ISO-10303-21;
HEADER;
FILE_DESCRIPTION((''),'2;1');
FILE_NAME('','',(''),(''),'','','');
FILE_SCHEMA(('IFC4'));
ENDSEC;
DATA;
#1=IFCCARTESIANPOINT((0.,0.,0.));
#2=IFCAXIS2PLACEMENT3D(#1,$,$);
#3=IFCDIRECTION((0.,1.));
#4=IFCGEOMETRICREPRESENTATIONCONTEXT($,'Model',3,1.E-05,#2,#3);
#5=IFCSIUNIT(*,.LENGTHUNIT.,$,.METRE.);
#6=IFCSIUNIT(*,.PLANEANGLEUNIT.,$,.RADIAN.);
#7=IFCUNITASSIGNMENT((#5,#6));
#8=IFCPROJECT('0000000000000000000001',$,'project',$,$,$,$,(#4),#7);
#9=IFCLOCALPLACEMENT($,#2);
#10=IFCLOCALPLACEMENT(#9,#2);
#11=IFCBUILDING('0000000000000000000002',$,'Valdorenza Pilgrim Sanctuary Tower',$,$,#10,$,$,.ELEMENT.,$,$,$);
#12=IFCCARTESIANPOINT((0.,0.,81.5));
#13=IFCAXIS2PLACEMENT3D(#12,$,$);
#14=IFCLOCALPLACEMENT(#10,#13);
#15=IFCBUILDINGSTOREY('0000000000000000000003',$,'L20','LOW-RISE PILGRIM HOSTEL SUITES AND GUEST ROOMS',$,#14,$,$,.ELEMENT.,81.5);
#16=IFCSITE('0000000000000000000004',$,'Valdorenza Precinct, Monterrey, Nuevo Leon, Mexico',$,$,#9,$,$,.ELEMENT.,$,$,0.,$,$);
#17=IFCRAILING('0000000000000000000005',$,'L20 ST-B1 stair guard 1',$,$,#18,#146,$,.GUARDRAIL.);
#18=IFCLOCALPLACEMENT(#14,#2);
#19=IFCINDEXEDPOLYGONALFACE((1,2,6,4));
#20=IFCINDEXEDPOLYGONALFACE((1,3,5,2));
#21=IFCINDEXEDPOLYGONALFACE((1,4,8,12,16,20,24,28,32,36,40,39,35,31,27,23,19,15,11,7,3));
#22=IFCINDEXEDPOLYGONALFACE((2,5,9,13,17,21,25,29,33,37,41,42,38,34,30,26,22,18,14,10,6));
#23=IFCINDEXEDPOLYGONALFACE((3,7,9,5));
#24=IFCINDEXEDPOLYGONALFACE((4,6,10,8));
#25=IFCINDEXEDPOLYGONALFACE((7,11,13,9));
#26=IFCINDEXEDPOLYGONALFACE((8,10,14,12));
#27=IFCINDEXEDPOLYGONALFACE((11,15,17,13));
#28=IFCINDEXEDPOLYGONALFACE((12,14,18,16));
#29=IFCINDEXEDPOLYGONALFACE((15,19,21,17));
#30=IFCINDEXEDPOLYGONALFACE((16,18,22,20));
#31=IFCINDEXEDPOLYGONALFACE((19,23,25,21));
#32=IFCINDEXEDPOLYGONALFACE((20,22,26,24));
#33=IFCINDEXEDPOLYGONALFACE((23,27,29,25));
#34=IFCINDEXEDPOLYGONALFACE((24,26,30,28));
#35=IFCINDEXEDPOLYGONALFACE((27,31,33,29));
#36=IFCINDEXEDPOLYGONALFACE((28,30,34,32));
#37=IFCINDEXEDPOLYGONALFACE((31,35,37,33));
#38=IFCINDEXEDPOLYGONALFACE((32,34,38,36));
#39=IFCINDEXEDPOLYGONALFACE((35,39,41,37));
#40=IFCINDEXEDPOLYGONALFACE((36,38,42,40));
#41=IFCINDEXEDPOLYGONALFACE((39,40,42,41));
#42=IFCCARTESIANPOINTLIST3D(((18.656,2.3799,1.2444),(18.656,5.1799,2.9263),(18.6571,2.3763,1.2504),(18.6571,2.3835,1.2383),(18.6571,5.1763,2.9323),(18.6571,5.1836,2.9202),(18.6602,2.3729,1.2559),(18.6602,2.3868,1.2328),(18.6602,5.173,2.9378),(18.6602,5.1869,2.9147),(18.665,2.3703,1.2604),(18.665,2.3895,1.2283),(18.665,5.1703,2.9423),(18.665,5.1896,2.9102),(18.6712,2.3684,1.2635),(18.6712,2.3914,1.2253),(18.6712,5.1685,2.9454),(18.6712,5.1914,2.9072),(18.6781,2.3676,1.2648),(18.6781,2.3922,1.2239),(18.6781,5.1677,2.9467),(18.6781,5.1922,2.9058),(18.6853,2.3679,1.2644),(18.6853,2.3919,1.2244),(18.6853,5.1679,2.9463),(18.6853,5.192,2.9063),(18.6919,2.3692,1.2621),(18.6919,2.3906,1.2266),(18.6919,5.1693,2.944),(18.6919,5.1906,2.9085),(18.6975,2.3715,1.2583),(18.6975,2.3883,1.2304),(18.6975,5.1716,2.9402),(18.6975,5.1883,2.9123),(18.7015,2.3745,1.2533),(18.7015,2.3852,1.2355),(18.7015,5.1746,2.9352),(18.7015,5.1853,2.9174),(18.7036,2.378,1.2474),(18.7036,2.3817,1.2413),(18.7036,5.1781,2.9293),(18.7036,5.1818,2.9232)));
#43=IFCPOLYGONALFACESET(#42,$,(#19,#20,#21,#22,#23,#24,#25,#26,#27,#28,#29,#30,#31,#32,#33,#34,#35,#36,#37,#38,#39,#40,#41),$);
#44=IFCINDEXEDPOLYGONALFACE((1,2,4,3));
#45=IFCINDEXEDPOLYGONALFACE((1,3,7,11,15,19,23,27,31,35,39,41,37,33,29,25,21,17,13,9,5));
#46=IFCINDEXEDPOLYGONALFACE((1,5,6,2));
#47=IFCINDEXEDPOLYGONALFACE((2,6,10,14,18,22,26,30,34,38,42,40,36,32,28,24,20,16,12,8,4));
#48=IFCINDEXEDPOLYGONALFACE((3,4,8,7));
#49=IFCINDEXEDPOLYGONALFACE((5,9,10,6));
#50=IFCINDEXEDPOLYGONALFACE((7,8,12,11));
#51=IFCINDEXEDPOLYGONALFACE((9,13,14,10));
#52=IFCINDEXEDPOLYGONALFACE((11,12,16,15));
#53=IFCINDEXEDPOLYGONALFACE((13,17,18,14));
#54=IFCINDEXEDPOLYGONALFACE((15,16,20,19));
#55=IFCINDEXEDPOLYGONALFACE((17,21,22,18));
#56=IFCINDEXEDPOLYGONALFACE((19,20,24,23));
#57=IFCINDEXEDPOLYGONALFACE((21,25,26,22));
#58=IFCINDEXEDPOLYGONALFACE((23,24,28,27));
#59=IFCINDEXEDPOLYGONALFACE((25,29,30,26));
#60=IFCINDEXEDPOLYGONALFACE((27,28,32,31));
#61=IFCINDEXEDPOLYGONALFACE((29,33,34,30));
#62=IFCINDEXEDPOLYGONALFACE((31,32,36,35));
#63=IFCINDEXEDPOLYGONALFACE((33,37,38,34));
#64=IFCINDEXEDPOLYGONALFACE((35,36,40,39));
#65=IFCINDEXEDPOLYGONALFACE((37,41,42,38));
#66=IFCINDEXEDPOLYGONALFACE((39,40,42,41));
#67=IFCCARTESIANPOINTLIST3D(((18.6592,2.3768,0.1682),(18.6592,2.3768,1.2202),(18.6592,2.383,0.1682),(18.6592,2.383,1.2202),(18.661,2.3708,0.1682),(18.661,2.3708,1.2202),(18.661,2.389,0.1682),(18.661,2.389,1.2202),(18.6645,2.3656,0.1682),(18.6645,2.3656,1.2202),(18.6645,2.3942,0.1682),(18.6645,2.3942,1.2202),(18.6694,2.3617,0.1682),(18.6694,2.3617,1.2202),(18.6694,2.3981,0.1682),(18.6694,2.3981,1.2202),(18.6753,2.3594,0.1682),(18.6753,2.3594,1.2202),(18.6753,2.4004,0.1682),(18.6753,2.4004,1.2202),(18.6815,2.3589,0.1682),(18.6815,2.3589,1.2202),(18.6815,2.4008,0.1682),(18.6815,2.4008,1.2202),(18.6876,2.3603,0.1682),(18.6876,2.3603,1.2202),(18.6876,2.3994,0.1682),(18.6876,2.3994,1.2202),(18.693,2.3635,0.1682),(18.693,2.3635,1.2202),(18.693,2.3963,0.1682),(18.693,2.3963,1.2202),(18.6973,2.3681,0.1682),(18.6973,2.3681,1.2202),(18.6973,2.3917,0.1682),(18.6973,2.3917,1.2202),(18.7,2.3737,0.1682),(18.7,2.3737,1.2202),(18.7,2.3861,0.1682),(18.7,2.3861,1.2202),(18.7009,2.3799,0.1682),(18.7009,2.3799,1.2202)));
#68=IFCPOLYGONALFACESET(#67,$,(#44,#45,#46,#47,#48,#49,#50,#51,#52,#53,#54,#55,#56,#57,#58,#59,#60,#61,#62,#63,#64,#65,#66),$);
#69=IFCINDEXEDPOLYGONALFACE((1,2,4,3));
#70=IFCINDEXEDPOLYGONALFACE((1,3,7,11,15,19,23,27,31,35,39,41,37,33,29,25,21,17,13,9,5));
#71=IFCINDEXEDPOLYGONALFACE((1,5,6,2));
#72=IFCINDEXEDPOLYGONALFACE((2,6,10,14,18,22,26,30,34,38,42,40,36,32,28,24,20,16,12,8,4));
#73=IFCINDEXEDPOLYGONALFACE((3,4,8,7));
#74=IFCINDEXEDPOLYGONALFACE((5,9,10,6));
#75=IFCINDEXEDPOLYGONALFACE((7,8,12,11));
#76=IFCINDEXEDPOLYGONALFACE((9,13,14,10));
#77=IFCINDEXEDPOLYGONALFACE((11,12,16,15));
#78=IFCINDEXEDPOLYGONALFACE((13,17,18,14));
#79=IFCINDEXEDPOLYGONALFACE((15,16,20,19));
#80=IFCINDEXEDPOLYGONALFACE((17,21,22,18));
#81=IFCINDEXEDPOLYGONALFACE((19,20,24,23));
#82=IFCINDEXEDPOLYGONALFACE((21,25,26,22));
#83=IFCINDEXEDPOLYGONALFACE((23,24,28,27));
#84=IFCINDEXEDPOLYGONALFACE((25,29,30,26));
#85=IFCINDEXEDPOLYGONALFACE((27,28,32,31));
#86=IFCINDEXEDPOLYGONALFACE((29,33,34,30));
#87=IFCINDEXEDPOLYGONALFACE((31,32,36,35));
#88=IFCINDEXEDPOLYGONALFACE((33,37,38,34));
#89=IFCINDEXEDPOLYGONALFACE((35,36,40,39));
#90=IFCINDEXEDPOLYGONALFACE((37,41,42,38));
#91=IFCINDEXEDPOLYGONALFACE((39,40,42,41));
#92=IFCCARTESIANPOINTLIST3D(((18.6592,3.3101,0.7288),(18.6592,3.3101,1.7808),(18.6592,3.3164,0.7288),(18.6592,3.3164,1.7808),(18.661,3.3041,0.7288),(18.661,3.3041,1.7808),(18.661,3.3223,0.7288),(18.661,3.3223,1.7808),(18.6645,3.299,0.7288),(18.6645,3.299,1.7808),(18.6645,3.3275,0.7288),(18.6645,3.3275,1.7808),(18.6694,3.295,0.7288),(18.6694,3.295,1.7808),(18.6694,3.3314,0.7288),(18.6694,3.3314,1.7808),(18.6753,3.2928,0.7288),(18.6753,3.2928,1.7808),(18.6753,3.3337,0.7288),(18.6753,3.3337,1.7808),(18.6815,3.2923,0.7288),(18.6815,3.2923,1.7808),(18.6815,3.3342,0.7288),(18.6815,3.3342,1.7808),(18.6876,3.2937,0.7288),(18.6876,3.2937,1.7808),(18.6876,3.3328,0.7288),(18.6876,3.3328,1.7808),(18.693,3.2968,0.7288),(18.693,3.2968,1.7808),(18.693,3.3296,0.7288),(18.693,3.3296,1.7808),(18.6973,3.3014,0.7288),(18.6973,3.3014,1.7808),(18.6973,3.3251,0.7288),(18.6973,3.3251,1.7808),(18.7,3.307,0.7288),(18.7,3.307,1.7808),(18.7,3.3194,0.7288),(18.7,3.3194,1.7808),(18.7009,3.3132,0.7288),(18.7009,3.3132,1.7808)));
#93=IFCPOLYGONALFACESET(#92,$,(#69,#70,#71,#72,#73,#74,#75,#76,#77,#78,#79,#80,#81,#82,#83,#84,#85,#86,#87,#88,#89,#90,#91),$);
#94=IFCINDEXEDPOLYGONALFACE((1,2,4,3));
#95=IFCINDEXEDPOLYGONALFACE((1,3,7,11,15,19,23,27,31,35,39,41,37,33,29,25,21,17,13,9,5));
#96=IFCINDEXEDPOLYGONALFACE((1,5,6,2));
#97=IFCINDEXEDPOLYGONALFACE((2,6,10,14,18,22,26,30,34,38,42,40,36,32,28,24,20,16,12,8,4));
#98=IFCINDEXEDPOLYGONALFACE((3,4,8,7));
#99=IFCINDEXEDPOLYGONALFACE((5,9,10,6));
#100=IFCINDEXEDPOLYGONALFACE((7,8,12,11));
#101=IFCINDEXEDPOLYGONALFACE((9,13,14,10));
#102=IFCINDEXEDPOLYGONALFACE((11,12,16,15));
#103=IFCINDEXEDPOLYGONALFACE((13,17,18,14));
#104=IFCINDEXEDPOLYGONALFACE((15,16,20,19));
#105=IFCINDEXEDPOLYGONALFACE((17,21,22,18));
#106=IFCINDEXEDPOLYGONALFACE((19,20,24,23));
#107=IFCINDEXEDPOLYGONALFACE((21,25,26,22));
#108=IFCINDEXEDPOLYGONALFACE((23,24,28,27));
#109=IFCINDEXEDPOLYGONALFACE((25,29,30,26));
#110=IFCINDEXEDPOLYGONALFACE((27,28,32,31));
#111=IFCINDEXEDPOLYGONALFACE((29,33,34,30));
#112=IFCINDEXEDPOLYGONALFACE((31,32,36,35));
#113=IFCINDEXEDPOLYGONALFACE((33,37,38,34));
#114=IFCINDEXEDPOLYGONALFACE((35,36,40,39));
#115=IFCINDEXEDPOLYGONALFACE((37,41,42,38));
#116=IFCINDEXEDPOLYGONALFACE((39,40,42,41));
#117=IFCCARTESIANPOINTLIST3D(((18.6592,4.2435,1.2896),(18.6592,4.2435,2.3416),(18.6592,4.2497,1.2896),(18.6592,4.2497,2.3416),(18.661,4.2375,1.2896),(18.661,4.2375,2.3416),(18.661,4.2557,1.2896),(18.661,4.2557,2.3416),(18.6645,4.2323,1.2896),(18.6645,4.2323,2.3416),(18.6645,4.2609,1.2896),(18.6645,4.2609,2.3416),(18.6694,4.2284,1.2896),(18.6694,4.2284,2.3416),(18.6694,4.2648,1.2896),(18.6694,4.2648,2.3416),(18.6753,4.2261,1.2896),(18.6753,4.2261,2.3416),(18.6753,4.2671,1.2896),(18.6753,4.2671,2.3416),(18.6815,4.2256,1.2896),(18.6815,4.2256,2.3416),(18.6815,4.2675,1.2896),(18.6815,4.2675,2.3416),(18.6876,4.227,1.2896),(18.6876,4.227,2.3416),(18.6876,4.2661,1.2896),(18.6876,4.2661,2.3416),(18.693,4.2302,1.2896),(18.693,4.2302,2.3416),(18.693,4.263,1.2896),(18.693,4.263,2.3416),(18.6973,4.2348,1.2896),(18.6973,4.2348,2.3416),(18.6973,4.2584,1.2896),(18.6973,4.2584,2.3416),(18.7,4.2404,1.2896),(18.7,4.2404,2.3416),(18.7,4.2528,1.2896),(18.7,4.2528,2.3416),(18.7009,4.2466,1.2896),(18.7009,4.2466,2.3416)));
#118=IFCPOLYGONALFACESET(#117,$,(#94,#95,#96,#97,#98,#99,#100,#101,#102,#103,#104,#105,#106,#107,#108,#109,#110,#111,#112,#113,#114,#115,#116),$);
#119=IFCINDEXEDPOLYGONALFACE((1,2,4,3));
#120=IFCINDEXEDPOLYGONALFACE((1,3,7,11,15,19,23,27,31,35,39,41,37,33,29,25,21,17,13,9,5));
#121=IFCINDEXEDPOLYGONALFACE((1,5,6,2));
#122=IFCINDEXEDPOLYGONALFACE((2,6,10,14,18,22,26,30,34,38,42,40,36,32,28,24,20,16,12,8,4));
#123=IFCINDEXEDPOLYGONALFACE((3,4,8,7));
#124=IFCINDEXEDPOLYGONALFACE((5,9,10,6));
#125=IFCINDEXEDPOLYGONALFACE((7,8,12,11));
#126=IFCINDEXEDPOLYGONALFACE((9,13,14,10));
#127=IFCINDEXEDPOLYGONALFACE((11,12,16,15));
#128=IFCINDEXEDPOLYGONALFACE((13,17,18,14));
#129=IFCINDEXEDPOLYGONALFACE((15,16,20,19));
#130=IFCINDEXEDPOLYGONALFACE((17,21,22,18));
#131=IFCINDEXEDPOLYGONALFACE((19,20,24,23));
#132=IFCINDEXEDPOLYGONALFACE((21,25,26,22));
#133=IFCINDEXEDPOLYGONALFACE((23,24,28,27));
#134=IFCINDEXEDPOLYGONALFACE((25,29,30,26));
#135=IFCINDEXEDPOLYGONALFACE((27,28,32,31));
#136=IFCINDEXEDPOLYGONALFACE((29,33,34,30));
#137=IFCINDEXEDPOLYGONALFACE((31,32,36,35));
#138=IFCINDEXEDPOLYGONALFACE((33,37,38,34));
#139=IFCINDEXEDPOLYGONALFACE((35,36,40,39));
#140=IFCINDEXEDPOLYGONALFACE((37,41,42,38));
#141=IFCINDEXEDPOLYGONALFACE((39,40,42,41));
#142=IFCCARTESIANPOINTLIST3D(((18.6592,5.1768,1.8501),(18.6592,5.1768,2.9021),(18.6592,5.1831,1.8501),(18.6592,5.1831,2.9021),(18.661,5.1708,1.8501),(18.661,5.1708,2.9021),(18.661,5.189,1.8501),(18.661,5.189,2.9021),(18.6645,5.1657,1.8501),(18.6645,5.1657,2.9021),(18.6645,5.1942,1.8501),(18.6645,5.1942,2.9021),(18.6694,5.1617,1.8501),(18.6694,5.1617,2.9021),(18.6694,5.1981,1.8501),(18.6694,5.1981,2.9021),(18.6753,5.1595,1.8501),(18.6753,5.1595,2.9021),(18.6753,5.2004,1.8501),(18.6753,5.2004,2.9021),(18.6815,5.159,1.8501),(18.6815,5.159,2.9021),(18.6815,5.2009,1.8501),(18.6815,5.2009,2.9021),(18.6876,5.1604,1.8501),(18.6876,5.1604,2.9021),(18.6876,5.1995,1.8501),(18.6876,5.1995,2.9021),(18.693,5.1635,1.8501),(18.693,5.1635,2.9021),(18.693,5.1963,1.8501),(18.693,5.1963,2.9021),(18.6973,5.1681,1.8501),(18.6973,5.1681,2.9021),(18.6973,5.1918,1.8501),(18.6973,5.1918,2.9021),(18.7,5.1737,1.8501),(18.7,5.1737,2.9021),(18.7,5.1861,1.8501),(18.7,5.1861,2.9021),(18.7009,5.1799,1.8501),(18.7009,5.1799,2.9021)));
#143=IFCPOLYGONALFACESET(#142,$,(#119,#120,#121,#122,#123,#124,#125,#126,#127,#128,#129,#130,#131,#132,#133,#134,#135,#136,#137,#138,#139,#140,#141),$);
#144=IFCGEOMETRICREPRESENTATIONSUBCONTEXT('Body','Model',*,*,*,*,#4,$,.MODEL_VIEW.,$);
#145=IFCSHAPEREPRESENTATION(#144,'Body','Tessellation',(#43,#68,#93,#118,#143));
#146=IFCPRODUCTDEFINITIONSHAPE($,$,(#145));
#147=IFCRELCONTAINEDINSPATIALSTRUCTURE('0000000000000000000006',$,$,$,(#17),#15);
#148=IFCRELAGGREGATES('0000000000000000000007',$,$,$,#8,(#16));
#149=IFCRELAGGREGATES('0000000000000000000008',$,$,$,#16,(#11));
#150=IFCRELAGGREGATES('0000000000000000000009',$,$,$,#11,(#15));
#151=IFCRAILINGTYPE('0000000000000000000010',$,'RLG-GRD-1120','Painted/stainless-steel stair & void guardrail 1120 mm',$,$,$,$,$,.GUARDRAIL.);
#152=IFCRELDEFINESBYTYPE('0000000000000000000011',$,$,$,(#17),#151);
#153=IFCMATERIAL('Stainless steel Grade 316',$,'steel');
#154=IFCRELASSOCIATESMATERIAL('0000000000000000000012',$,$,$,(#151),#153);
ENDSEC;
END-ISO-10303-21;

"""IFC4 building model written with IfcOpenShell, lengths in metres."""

from ifc_helpers import new_model, si_unit, direction, frame, origin, origin_2d, place, context, subcontext, project, spatial, circle, extrude, material, type_object, element, save


model = new_model("IFC4")

# Units and contexts
model_context = context("Model", 3, precision=1e-05, world=origin(), true_north=direction((0.0, 1.0)))
body_context = subcontext(model_context, "Body", "Model", "MODEL_VIEW")
ifc_project = project(units=[si_unit("LENGTHUNIT", "METRE"), si_unit("PLANEANGLEUNIT", "RADIAN")], contexts=[model_context])

# Site, building, storey
site_placement = place(None, origin())
site = spatial("IfcSite", under=ifc_project, at=site_placement, Name="Valdorenza Precinct, Monterrey, Nuevo Leon, Mexico", CompositionType="ELEMENT", RefElevation=0.0)
building_placement = place(site_placement, origin())
building = spatial("IfcBuilding", under=site, at=building_placement, Name="Valdorenza Pilgrim Sanctuary Tower", CompositionType="ELEMENT")
storey_placement = place(building_placement, frame((0.0, 0.0, 81.5)))
storey = spatial("IfcBuildingStorey", under=building, at=storey_placement, Name="L20", Description="LOW-RISE PILGRIM HOSTEL SUITES AND GUEST ROOMS", CompositionType="ELEMENT", Elevation=81.5)

# Railing
ifc_material_1 = material(Name="Stainless steel Grade 316", Category="steel")
railing_type_1 = type_object("IfcRailingType", Name="RLG-GRD-1120", Description="Painted/stainless-steel stair & void guardrail 1120 mm", PredefinedType="GUARDRAIL", material=ifc_material_1)
railing_1_placement = place(storey_placement, frame((18.6799, 2.3799, 0.1682)))
element("IfcRailing", 1, at=railing_1_placement, inside=storey, type_object=railing_type_1, Name="L20 ST-B1 stair guard 1", PredefinedType="GUARDRAIL", context=body_context, shape_type="SweptSolid", body=[
    extrude(circle(Radius=0.0239, at=origin_2d()), frame((0.0, 0.0, 1.0762), z_axis=(0.0, 0.857242, 0.514913), x_axis=(-1.0, 0.0, 0.0)), (0.0, 0.0, 1.0), 3.2664),
    extrude(circle(Radius=0.021, at=origin_2d()), origin(), (0.0, 0.0, 1.0), 1.052),
    extrude(circle(Radius=0.021, at=origin_2d()), frame((0.0, 0.9333, 0.5605)), (0.0, 0.0, 1.0), 1.052),
    extrude(circle(Radius=0.021, at=origin_2d()), frame((0.0, 1.8667, 1.1213)), (0.0, 0.0, 1.0), 1.052),
    extrude(circle(Radius=0.021, at=origin_2d()), frame((0.0, 2.8, 1.6819)), (0.0, 0.0, 1.0), 1.052),
])

save(model, "model.ifc")
